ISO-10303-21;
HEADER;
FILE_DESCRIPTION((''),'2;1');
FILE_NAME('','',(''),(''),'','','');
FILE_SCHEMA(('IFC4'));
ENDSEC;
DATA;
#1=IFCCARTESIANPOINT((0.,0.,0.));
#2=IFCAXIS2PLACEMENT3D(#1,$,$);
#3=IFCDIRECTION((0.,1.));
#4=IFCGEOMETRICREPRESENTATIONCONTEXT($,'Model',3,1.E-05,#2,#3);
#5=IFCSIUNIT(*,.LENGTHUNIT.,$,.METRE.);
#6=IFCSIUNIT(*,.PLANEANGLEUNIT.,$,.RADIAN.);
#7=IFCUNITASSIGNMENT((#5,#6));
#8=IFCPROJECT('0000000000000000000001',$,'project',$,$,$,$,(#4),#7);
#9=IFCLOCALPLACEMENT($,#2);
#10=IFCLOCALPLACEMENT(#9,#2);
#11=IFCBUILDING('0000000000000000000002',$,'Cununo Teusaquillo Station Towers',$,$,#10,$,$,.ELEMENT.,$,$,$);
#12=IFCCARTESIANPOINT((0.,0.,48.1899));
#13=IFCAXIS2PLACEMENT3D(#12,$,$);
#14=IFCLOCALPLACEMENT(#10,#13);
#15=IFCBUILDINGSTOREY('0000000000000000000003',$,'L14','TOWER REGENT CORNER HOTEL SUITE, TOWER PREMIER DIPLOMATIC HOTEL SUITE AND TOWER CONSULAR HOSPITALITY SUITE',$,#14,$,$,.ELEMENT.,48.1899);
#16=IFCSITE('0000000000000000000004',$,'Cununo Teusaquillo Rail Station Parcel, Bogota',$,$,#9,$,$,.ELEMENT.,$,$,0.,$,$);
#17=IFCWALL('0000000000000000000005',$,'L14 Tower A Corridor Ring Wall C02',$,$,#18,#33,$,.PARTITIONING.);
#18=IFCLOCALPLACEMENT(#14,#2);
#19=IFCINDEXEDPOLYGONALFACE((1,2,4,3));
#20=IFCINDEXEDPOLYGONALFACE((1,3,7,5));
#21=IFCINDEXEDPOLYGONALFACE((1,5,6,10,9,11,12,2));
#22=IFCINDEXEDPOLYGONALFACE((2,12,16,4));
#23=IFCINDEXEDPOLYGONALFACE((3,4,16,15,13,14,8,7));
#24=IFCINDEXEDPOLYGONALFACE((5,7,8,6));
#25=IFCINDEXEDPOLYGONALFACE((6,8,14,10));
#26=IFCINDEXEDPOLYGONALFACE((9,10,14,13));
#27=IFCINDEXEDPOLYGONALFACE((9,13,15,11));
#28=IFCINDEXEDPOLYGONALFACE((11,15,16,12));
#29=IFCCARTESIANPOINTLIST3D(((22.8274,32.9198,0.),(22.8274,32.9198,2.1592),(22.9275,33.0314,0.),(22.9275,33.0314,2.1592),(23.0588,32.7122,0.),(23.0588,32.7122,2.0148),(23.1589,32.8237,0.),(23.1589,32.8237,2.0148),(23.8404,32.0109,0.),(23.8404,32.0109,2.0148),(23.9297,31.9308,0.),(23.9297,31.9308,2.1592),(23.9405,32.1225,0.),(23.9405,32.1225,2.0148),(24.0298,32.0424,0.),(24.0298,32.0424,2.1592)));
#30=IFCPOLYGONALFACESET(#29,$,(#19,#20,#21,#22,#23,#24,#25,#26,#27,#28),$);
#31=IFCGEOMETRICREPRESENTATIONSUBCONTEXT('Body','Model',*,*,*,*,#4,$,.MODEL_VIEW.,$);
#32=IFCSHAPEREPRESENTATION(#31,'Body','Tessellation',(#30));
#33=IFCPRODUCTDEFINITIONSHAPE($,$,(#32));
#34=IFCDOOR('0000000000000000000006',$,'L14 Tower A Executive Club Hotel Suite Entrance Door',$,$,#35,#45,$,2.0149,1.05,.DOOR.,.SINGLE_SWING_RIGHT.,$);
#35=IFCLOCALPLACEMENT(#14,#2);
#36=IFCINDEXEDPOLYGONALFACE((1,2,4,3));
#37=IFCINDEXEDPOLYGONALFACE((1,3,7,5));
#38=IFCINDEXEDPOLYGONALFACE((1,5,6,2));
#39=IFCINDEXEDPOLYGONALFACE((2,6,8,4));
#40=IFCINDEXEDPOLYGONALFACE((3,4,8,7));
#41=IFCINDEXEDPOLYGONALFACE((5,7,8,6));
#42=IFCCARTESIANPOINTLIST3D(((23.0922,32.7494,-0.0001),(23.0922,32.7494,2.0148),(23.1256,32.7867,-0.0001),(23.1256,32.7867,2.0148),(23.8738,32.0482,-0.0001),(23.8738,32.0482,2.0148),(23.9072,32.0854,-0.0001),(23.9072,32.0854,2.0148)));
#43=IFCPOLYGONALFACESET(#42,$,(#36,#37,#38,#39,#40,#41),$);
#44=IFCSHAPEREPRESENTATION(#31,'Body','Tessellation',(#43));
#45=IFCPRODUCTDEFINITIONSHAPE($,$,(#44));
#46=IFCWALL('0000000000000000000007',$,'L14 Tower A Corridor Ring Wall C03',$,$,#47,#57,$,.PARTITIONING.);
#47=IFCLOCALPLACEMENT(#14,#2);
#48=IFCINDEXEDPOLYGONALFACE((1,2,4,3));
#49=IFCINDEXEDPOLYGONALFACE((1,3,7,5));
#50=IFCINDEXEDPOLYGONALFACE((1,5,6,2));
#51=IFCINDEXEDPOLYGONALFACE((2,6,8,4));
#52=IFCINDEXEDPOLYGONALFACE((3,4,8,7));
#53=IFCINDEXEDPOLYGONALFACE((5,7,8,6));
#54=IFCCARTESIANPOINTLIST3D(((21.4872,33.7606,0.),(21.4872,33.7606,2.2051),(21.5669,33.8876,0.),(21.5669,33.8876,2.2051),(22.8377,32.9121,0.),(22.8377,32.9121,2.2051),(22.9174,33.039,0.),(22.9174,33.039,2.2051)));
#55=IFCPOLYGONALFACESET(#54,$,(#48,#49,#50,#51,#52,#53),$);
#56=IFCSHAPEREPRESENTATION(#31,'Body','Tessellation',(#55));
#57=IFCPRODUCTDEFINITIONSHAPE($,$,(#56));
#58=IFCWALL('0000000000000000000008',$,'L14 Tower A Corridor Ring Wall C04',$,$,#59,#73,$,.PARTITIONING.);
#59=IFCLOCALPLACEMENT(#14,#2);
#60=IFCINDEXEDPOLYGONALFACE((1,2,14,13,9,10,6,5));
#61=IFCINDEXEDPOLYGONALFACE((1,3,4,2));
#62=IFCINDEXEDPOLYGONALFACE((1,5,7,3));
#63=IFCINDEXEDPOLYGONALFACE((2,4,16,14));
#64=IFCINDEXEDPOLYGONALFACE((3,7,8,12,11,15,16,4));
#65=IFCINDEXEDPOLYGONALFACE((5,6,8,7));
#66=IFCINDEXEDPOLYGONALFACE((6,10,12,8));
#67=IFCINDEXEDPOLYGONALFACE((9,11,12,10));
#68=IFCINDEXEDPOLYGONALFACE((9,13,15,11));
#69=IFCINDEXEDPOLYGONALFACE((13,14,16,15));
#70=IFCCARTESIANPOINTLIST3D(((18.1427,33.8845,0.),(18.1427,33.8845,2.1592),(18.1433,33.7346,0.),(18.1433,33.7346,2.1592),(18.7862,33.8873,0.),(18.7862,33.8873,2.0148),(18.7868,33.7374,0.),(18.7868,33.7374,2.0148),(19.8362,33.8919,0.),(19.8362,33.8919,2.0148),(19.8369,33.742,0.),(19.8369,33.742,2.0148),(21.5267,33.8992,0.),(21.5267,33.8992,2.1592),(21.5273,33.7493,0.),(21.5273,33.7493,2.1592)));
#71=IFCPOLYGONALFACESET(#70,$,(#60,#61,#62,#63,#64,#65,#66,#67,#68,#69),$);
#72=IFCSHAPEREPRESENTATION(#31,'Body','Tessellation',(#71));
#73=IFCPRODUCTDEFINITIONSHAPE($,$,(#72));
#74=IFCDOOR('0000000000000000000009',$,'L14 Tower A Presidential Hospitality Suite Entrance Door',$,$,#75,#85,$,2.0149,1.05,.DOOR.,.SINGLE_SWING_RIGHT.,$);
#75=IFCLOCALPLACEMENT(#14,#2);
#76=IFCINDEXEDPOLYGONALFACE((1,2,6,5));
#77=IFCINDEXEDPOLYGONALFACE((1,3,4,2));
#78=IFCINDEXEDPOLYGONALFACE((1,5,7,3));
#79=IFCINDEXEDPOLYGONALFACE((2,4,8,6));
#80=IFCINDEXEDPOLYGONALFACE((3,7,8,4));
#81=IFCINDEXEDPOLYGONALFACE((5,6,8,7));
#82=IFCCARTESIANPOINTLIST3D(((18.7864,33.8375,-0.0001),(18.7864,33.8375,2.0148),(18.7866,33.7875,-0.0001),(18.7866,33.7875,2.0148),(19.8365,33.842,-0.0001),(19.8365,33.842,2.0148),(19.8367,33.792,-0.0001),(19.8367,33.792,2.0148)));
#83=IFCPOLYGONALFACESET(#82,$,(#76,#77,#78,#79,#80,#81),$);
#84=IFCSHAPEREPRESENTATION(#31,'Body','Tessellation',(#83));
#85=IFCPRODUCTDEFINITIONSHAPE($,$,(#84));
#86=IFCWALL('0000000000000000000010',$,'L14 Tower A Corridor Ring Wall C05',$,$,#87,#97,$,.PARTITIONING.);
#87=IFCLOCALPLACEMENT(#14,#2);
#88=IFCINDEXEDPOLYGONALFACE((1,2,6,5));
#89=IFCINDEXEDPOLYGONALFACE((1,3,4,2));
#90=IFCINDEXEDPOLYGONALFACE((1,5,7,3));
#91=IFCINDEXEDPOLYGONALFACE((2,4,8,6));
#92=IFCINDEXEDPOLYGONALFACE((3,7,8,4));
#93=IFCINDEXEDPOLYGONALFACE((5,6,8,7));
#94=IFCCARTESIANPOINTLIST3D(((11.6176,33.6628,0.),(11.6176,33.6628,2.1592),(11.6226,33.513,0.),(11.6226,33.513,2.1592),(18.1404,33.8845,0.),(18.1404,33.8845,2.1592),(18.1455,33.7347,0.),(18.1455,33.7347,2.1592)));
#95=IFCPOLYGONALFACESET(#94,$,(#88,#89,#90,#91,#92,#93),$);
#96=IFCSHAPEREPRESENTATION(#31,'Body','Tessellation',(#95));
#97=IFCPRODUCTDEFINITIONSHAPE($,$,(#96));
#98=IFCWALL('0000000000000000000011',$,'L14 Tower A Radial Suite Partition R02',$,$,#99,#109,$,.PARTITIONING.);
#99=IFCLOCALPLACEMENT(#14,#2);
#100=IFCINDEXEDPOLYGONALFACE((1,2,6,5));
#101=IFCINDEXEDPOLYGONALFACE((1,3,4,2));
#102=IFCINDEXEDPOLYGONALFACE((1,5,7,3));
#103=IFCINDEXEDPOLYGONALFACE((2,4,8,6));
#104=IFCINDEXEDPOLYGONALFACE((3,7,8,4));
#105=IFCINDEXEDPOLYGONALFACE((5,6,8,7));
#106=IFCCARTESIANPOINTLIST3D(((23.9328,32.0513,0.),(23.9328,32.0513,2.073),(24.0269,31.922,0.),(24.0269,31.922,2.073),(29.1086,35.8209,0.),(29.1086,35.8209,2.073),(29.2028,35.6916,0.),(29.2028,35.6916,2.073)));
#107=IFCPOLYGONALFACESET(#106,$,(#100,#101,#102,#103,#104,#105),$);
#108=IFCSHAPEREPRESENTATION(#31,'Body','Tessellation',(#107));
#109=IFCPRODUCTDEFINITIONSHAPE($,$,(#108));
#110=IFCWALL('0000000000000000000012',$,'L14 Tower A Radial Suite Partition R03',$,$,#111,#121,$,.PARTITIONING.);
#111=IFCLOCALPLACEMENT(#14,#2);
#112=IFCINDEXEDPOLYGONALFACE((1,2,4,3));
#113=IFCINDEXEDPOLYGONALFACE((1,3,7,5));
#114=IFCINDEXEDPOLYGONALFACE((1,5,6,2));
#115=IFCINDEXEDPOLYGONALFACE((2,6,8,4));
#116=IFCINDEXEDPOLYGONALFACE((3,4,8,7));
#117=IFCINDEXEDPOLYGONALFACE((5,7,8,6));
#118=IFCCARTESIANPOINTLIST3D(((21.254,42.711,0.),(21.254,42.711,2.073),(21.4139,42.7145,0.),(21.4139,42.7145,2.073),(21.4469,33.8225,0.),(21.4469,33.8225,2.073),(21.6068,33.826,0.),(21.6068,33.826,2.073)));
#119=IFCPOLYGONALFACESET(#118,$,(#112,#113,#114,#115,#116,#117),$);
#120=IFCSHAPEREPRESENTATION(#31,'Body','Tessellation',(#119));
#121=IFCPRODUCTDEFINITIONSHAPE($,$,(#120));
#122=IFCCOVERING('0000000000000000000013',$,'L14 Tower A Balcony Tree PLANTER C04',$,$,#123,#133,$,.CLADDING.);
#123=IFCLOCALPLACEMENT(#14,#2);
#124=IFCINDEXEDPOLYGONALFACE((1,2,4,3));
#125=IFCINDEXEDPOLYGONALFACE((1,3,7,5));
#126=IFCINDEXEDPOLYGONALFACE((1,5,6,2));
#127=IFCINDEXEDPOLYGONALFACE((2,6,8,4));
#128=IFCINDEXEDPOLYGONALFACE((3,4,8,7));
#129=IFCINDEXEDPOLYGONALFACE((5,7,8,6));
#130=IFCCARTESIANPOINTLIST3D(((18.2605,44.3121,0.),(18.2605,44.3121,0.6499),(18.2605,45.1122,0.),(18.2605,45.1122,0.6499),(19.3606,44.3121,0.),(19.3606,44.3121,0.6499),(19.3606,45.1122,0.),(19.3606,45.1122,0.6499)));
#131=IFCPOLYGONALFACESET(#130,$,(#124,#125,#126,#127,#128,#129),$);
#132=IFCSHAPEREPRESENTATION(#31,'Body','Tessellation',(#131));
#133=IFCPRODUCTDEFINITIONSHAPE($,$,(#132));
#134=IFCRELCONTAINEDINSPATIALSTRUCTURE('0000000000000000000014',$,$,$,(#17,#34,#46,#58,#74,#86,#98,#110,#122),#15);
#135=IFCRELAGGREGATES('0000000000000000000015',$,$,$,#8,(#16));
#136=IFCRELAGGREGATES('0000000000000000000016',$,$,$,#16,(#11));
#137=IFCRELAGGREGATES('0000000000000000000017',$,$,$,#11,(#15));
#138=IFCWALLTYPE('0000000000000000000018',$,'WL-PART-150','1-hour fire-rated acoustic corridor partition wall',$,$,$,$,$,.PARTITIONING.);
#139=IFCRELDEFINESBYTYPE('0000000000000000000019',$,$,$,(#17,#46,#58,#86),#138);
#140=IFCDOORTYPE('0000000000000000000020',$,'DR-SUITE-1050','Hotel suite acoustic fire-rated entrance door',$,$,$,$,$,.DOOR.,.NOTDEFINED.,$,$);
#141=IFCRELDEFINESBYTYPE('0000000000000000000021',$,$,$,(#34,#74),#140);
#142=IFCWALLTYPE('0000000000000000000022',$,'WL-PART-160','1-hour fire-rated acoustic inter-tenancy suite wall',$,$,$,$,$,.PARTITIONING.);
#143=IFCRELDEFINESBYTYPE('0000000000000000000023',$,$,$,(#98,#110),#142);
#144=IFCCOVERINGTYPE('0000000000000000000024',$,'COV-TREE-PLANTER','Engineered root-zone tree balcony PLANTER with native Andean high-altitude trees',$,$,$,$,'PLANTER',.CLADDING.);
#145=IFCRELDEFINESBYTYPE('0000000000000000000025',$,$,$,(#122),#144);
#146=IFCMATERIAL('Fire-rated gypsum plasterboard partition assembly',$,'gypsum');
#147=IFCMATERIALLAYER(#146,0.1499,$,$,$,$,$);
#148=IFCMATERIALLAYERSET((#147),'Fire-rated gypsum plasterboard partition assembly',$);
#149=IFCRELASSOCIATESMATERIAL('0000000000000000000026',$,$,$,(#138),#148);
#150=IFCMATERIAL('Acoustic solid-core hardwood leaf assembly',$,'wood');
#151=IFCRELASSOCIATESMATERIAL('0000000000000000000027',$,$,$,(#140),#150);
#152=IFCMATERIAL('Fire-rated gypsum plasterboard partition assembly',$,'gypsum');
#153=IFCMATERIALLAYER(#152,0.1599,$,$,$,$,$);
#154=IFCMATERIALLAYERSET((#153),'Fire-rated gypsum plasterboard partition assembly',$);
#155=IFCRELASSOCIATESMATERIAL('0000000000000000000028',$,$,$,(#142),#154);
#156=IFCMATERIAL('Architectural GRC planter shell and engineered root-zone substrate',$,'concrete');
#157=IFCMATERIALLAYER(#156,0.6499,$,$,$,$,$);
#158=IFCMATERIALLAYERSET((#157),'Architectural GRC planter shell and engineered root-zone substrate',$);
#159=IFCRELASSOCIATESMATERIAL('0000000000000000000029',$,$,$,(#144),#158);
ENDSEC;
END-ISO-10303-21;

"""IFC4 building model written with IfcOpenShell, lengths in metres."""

from ifc_helpers import new_model, si_unit, direction, frame, frame_2d, origin, origin_2d, place, context, subcontext, project, spatial, rectangle, extrude, source, transform, mapped, material, layer, layer_set, type_object, element, fill, save


model = new_model("IFC4")

# Units and contexts
model_context = context("Model", 3, precision=1e-05, world=origin(), true_north=direction((0.0, 1.0)))
body_context = subcontext(model_context, "Body", "Model", "MODEL_VIEW")
ifc_project = project(units=[si_unit("LENGTHUNIT", "METRE"), si_unit("PLANEANGLEUNIT", "RADIAN")], contexts=[model_context])

# Site, building, storey
site_placement = place(None, origin())
site = spatial("IfcSite", under=ifc_project, at=site_placement, Name="Cununo Teusaquillo Rail Station Parcel, Bogota", CompositionType="ELEMENT", RefElevation=0.0)
building_placement = place(site_placement, origin())
building = spatial("IfcBuilding", under=site, at=building_placement, Name="Cununo Teusaquillo Station Towers", CompositionType="ELEMENT")
storey_placement = place(building_placement, frame((0.0, 0.0, 48.1899)))
storey = spatial("IfcBuildingStorey", under=building, at=storey_placement, Name="L14", Description="TOWER REGENT CORNER HOTEL SUITE, TOWER PREMIER DIPLOMATIC HOTEL SUITE AND TOWER CONSULAR HOSPITALITY SUITE", CompositionType="ELEMENT", Elevation=48.1899)

# Wall, opening, door
ifc_material_1 = material(Name="Fire-rated gypsum plasterboard partition assembly", Category="gypsum")
ifc_layer_1 = layer(ifc_material_1, 0.1499)
ifc_layer_set_1 = layer_set([ifc_layer_1], Name="Fire-rated gypsum plasterboard partition assembly")
wall_type_1 = type_object("IfcWallType", Name="WL-PART-150", Description="1-hour fire-rated acoustic corridor partition wall", PredefinedType="PARTITIONING", material=ifc_layer_set_1)
wall_1_placement = place(storey_placement, frame((23.9797, 31.9866, 0.0), z_axis=(0.0, 0.0, 1.0), x_axis=(-0.744318, 0.667825, 0.0)))
wall_1 = element("IfcWall", 1, at=wall_1_placement, inside=storey, type_object=wall_type_1, Name="L14 Tower A Corridor Ring Wall C02", PredefinedType="PARTITIONING", context=body_context, shape_type="SweptSolid", body=[
    extrude(rectangle(XDim=1.481, YDim=0.1499, at=frame_2d((0.7405, 0.0))), origin(), (0.0, 0.0, 1.0), 2.1592),
])
shared_shape_1 = source(origin(), body_context, "Body", "SweptSolid", [
    extrude(rectangle(XDim=1.05, YDim=2.0149, at=frame_2d((0.5249, 1.0073))), frame((0.0, 0.085, 0.0), z_axis=(0.0, -1.0, 0.0), x_axis=(1.0, 0.0, 0.0)), (0.0, 0.0, 1.0), 0.1699),
])
opening_1_placement = place(wall_1_placement, frame((0.1201, 0.0, 0.0)))
opening_1 = element("IfcOpeningElement", 2, at=opening_1_placement, cuts=wall_1, PredefinedType="OPENING", context=body_context, shape_type="MappedRepresentation", body=[
    mapped(shared_shape_1, transform((0.0, 0.0, 0.0), x_axis=(1.0, 0.0, 0.0), y_axis=(0.0, 1.0, 0.0), z_axis=(0.0, 0.0, 1.0), scale=1.0)),
])
ifc_material_2 = material(Name="Acoustic solid-core hardwood leaf assembly", Category="wood")
door_type_1 = type_object("IfcDoorType", Name="DR-SUITE-1050", Description="Hotel suite acoustic fire-rated entrance door", OperationType="NOTDEFINED", PredefinedType="DOOR", material=ifc_material_2)
shared_shape_2 = source(origin(), body_context, "Body", "SweptSolid", [
    extrude(rectangle(XDim=1.05, YDim=2.0149, at=frame_2d((0.5249, 1.0073))), frame((0.0, 0.0249, 0.0), z_axis=(0.0, -1.0, 0.0), x_axis=(1.0, 0.0, 0.0)), (0.0, 0.0, 1.0), 0.05),
])
door_1_placement = place(opening_1_placement, origin())
door_1 = element("IfcDoor", 3, at=door_1_placement, inside=storey, type_object=door_type_1, Name="L14 Tower A Executive Club Hotel Suite Entrance Door", OperationType="SINGLE_SWING_RIGHT", OverallHeight=2.0149, OverallWidth=1.05, PredefinedType="DOOR", context=body_context, shape_type="MappedRepresentation", body=[
    mapped(shared_shape_2, transform((0.0, 0.0, 0.0), x_axis=(1.0, 0.0, 0.0), y_axis=(0.0, 1.0, 0.0), z_axis=(0.0, 0.0, 1.0), scale=1.0)),
])
fill(opening_1, door_1)

# Wall
wall_2_placement = place(storey_placement, frame((22.8774, 32.9756, 0.0), z_axis=(0.0, 0.0, 1.0), x_axis=(-0.846723, 0.532034, 0.0)))
element("IfcWall", 4, at=wall_2_placement, inside=storey, type_object=wall_type_1, Name="L14 Tower A Corridor Ring Wall C03", PredefinedType="PARTITIONING", context=body_context, shape_type="SweptSolid", body=[
    extrude(rectangle(XDim=1.595, YDim=0.1499, at=frame_2d((0.7974, 0.0))), origin(), (0.0, 0.0, 1.0), 2.2051),
])

# Wall, opening, door
wall_3_placement = place(storey_placement, frame((21.5269, 33.8242, 0.0), z_axis=(0.0, 0.0, 1.0), x_axis=(-0.999991, -0.004329, 0.0)))
wall_3 = element("IfcWall", 5, at=wall_3_placement, inside=storey, type_object=wall_type_1, Name="L14 Tower A Corridor Ring Wall C04", PredefinedType="PARTITIONING", context=body_context, shape_type="SweptSolid", body=[
    extrude(rectangle(XDim=3.384, YDim=0.1499, at=frame_2d((1.6919, 0.0))), origin(), (0.0, 0.0, 1.0), 2.1592),
])
opening_2_placement = place(wall_3_placement, frame((1.6904, 0.0, 0.0)))
opening_2 = element("IfcOpeningElement", 6, at=opening_2_placement, cuts=wall_3, PredefinedType="OPENING", context=body_context, shape_type="MappedRepresentation", body=[
    mapped(shared_shape_1, transform((0.0, 0.0, 0.0), x_axis=(1.0, 0.0, 0.0), y_axis=(0.0, 1.0, 0.0), z_axis=(0.0, 0.0, 1.0), scale=1.0)),
])
door_2_placement = place(opening_2_placement, origin())
door_2 = element("IfcDoor", 7, at=door_2_placement, inside=storey, type_object=door_type_1, Name="L14 Tower A Presidential Hospitality Suite Entrance Door", OperationType="SINGLE_SWING_RIGHT", OverallHeight=2.0149, OverallWidth=1.05, PredefinedType="DOOR", context=body_context, shape_type="MappedRepresentation", body=[
    mapped(shared_shape_2, transform((0.0, 0.0, 0.0), x_axis=(1.0, 0.0, 0.0), y_axis=(0.0, 1.0, 0.0), z_axis=(0.0, 0.0, 1.0), scale=1.0)),
])
fill(opening_2, door_2)

# Walls
wall_4_placement = place(storey_placement, frame((18.1428, 33.8096, 0.0), z_axis=(0.0, 0.0, 1.0), x_axis=(-0.999423, -0.033965, 0.0)))
element("IfcWall", 8, at=wall_4_placement, inside=storey, type_object=wall_type_1, Name="L14 Tower A Corridor Ring Wall C05", PredefinedType="PARTITIONING", context=body_context, shape_type="SweptSolid", body=[
    extrude(rectangle(XDim=6.5266, YDim=0.1499, at=frame_2d((3.2632, 0.0))), origin(), (0.0, 0.0, 1.0), 2.1592),
])
ifc_material_3 = material(Name="Fire-rated gypsum plasterboard partition assembly", Category="gypsum")
ifc_layer_2 = layer(ifc_material_3, 0.1599)
ifc_layer_set_2 = layer_set([ifc_layer_2], Name="Fire-rated gypsum plasterboard partition assembly")
wall_type_2 = type_object("IfcWallType", Name="WL-PART-160", Description="1-hour fire-rated acoustic inter-tenancy suite wall", PredefinedType="PARTITIONING", material=ifc_layer_set_2)
wall_5_placement = place(storey_placement, frame((23.9797, 31.9866, 0.0), z_axis=(0.0, 0.0, 1.0), x_axis=(0.80834, 0.588716, 0.0)))
element("IfcWall", 9, at=wall_5_placement, inside=storey, type_object=wall_type_2, Name="L14 Tower A Radial Suite Partition R02", PredefinedType="PARTITIONING", context=body_context, shape_type="SweptSolid", body=[
    extrude(rectangle(XDim=6.4031, YDim=0.1599, at=frame_2d((3.2017, 0.0))), origin(), (0.0, 0.0, 1.0), 2.073),
])
wall_6_placement = place(storey_placement, frame((21.5269, 33.8242, 0.0), z_axis=(0.0, 0.0, 1.0), x_axis=(-0.021694, 0.999765, 0.0)))
element("IfcWall", 10, at=wall_6_placement, inside=storey, type_object=wall_type_2, Name="L14 Tower A Radial Suite Partition R03", PredefinedType="PARTITIONING", context=body_context, shape_type="SweptSolid", body=[
    extrude(rectangle(XDim=8.8906, YDim=0.1599, at=frame_2d((4.4453, 0.0))), origin(), (0.0, 0.0, 1.0), 2.073),
])

# Covering
ifc_material_4 = material(Name="Architectural GRC planter shell and engineered root-zone substrate", Category="concrete")
ifc_layer_3 = layer(ifc_material_4, 0.6499)
ifc_layer_set_3 = layer_set([ifc_layer_3], Name="Architectural GRC planter shell and engineered root-zone substrate")
covering_type = type_object("IfcCoveringType", Name="COV-TREE-PLANTER", Description="Engineered root-zone tree balcony PLANTER with native Andean high-altitude trees", ElementType="PLANTER", PredefinedType="CLADDING", material=ifc_layer_set_3)
shared_shape_3 = source(origin(), body_context, "Body", "SweptSolid", [
    extrude(rectangle(XDim=1.1001, YDim=0.8, at=origin_2d()), origin(), (0.0, 0.0, 1.0), 0.6499),
])
covering_placement = place(storey_placement, frame((18.8105, 44.7122, 0.0), z_axis=(0.0, 0.0, 1.0), x_axis=(1.0, 0.0, 0.0)))
element("IfcCovering", 11, at=covering_placement, inside=storey, type_object=covering_type, Name="L14 Tower A Balcony Tree PLANTER C04", PredefinedType="CLADDING", context=body_context, shape_type="MappedRepresentation", body=[
    mapped(shared_shape_3, transform((0.0, 0.0, 0.0), x_axis=(1.0, 0.0, 0.0), y_axis=(0.0, 1.0, 0.0), z_axis=(0.0, 0.0, 1.0), scale=1.0)),
])

save(model, "model.ifc")
